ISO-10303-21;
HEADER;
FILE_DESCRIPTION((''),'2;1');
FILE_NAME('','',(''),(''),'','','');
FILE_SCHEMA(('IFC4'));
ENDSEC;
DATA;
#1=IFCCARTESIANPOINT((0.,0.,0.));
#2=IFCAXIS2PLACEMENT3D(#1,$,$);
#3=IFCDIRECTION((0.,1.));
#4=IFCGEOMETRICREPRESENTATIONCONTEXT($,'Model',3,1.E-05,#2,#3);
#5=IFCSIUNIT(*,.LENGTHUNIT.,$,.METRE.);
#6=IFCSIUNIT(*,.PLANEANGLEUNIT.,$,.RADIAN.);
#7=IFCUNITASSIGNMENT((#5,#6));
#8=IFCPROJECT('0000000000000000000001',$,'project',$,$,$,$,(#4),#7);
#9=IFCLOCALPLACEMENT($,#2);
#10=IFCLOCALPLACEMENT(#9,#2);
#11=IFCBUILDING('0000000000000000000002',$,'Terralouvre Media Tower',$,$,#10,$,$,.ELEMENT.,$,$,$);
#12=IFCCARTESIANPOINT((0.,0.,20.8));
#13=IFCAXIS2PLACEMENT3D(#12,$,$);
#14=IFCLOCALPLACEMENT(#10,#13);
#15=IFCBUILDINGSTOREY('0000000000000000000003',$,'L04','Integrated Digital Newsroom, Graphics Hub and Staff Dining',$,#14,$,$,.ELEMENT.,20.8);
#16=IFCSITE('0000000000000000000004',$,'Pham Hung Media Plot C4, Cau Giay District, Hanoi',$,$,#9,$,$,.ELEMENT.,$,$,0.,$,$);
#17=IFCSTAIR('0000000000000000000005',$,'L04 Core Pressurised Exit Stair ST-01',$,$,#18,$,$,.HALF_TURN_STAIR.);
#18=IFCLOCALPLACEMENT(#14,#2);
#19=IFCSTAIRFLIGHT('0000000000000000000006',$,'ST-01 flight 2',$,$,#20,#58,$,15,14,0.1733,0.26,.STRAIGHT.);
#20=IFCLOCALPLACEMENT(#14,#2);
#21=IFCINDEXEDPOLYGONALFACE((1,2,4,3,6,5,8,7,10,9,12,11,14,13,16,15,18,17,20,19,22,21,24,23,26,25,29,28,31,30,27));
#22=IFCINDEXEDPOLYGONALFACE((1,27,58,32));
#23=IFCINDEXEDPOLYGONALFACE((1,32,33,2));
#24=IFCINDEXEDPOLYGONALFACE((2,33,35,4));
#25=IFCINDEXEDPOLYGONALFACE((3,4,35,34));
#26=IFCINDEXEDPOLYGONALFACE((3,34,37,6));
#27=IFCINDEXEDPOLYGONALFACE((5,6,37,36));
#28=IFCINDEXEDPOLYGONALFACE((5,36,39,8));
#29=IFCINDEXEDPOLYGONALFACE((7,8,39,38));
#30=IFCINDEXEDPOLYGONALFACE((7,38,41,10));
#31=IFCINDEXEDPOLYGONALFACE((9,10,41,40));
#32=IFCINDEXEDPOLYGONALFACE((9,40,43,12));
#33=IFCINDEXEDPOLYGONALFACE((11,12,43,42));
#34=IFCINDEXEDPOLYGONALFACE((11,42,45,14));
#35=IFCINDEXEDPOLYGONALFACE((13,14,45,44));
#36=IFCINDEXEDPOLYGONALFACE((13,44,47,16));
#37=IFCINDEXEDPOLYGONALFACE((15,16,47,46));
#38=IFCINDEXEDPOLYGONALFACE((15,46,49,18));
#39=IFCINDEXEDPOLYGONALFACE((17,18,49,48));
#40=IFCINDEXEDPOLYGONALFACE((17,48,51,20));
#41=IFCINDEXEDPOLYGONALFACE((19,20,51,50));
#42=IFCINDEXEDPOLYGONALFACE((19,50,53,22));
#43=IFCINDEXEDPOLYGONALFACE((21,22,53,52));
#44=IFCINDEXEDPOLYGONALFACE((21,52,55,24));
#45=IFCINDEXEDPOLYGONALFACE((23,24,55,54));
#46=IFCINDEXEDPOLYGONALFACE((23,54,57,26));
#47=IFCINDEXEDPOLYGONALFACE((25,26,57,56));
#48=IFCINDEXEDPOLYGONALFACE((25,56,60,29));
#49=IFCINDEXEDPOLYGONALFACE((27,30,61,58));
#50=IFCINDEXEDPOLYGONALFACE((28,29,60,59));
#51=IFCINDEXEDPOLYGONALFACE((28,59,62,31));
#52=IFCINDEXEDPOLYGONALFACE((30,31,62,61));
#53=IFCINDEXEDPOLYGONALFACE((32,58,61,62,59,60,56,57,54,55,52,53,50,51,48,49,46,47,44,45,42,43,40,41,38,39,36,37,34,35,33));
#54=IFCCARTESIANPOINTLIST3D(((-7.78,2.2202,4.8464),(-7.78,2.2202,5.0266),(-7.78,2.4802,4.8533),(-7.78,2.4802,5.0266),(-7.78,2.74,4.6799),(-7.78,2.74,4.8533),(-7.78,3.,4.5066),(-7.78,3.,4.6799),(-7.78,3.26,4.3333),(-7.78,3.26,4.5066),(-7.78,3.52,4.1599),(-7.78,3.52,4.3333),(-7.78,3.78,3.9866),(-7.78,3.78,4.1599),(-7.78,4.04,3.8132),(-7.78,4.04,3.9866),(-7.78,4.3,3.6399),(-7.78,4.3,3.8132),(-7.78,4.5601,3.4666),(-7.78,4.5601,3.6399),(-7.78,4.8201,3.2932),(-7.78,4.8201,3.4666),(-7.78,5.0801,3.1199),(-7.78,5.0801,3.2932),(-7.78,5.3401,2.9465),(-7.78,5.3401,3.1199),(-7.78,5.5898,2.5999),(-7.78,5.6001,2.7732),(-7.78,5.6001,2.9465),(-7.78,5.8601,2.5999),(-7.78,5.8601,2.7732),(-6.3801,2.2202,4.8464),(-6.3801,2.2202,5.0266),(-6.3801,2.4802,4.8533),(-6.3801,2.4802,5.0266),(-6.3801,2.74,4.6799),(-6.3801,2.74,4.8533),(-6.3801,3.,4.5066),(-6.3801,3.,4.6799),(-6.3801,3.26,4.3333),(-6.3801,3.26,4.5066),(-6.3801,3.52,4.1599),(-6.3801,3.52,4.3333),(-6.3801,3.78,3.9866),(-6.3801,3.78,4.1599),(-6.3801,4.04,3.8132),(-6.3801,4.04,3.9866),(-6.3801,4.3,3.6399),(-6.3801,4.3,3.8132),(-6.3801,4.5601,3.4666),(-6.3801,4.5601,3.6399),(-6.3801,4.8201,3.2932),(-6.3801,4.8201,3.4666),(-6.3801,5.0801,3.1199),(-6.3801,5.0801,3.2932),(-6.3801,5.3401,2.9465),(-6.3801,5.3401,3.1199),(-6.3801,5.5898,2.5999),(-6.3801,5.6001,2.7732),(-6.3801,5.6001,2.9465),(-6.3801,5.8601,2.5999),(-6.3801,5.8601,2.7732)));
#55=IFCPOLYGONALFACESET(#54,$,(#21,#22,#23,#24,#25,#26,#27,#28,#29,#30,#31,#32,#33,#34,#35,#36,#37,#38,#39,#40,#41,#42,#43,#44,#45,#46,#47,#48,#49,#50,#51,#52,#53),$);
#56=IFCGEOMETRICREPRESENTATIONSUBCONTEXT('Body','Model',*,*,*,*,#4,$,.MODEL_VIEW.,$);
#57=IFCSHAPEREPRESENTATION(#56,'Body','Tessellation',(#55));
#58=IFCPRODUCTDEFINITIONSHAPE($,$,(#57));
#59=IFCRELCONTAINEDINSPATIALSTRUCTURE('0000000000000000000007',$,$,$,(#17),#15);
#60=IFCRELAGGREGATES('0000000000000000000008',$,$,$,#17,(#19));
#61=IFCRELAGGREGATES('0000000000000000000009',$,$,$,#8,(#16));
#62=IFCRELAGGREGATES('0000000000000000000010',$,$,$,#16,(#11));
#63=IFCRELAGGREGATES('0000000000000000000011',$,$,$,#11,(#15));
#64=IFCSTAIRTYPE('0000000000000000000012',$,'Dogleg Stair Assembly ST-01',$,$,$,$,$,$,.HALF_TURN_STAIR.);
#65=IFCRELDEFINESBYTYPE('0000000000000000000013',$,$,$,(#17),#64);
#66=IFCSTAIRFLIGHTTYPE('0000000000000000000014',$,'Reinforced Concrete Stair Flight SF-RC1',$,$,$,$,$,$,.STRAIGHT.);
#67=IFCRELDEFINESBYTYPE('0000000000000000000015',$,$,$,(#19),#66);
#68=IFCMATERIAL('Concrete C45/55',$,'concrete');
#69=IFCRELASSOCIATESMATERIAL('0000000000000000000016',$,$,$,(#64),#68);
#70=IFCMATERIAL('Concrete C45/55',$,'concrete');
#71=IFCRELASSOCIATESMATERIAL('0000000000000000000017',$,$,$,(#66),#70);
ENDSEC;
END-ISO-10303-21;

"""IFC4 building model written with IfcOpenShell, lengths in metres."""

from ifc_helpers import new_model, si_unit, direction, frame, origin, place, context, subcontext, project, spatial, polyline, outline, extrude, material, type_object, element, aggregate, save


model = new_model("IFC4")

# Units and contexts
model_context = context("Model", 3, precision=1e-05, world=origin(), true_north=direction((0.0, 1.0)))
body_context = subcontext(model_context, "Body", "Model", "MODEL_VIEW")
ifc_project = project(units=[si_unit("LENGTHUNIT", "METRE"), si_unit("PLANEANGLEUNIT", "RADIAN")], contexts=[model_context])

# Site, building, storey
site_placement = place(None, origin())
site = spatial("IfcSite", under=ifc_project, at=site_placement, Name="Pham Hung Media Plot C4, Cau Giay District, Hanoi", CompositionType="ELEMENT", RefElevation=0.0)
building_placement = place(site_placement, origin())
building = spatial("IfcBuilding", under=site, at=building_placement, Name="Terralouvre Media Tower", CompositionType="ELEMENT")
storey_placement = place(building_placement, frame((0.0, 0.0, 20.8)))
storey = spatial("IfcBuildingStorey", under=building, at=storey_placement, Name="L04", Description="Integrated Digital Newsroom, Graphics Hub and Staff Dining", CompositionType="ELEMENT", Elevation=20.8)

# Stair, stair flight
ifc_material_1 = material(Name="Concrete C45/55", Category="concrete")
stair_type = type_object("IfcStairType", Name="Dogleg Stair Assembly ST-01", PredefinedType="HALF_TURN_STAIR", material=ifc_material_1)
stair_placement = place(storey_placement, origin())
stair = element("IfcStair", 1, at=stair_placement, inside=storey, type_object=stair_type, Name="L04 Core Pressurised Exit Stair ST-01", PredefinedType="HALF_TURN_STAIR")
ifc_material_2 = material(Name="Concrete C45/55", Category="concrete")
stair_flight_type = type_object("IfcStairFlightType", Name="Reinforced Concrete Stair Flight SF-RC1", PredefinedType="STRAIGHT", material=ifc_material_2)
stair_flight_1_placement = place(storey_placement, frame((-7.0801, 5.8601, 2.5999), z_axis=(0.0, 0.0, 1.0), x_axis=(0.0, -1.0, 0.0)))
stair_flight_1 = element("IfcStairFlight", 2, at=stair_flight_1_placement, type_object=stair_flight_type, Name="ST-01 flight 2", NumberOfRisers=15, NumberOfTreads=14, PredefinedType="STRAIGHT", RiserHeight=0.1733, TreadLength=0.26, context=body_context, shape_type="SweptSolid", body=[
    extrude(outline(polyline([(0.0, 0.0), (0.0, 0.1733), (0.26, 0.1733), (0.26, 0.3467), (0.52, 0.3467), (0.52, 0.52), (0.78, 0.52), (0.78, 0.6934), (1.04, 0.6934), (1.04, 0.8667), (1.3, 0.8667), (1.3, 1.04), (1.5601, 1.04), (1.5601, 1.2134), (1.8201, 1.2134), (1.8201, 1.3867), (2.0801, 1.3867), (2.0801, 1.5601), (2.3401, 1.5601), (2.3401, 1.7334), (2.6001, 1.7334), (2.6001, 1.9067), (2.8601, 1.9067), (2.8601, 2.0801), (3.1201, 2.0801), (3.1201, 2.2534), (3.3799, 2.2534), (3.3799, 2.4268), (3.6399, 2.4268), (3.6399, 2.6001), (3.6399, 2.2466), (0.2703, 0.0), (0.0, 0.0)])), frame((0.0, 0.7, 0.0), z_axis=(0.0, -1.0, 0.0), x_axis=(1.0, 0.0, 0.0)), (0.0, 0.0, 1.0), 1.3999),
])
aggregate(stair, [stair_flight_1])

save(model, "model.ifc")
